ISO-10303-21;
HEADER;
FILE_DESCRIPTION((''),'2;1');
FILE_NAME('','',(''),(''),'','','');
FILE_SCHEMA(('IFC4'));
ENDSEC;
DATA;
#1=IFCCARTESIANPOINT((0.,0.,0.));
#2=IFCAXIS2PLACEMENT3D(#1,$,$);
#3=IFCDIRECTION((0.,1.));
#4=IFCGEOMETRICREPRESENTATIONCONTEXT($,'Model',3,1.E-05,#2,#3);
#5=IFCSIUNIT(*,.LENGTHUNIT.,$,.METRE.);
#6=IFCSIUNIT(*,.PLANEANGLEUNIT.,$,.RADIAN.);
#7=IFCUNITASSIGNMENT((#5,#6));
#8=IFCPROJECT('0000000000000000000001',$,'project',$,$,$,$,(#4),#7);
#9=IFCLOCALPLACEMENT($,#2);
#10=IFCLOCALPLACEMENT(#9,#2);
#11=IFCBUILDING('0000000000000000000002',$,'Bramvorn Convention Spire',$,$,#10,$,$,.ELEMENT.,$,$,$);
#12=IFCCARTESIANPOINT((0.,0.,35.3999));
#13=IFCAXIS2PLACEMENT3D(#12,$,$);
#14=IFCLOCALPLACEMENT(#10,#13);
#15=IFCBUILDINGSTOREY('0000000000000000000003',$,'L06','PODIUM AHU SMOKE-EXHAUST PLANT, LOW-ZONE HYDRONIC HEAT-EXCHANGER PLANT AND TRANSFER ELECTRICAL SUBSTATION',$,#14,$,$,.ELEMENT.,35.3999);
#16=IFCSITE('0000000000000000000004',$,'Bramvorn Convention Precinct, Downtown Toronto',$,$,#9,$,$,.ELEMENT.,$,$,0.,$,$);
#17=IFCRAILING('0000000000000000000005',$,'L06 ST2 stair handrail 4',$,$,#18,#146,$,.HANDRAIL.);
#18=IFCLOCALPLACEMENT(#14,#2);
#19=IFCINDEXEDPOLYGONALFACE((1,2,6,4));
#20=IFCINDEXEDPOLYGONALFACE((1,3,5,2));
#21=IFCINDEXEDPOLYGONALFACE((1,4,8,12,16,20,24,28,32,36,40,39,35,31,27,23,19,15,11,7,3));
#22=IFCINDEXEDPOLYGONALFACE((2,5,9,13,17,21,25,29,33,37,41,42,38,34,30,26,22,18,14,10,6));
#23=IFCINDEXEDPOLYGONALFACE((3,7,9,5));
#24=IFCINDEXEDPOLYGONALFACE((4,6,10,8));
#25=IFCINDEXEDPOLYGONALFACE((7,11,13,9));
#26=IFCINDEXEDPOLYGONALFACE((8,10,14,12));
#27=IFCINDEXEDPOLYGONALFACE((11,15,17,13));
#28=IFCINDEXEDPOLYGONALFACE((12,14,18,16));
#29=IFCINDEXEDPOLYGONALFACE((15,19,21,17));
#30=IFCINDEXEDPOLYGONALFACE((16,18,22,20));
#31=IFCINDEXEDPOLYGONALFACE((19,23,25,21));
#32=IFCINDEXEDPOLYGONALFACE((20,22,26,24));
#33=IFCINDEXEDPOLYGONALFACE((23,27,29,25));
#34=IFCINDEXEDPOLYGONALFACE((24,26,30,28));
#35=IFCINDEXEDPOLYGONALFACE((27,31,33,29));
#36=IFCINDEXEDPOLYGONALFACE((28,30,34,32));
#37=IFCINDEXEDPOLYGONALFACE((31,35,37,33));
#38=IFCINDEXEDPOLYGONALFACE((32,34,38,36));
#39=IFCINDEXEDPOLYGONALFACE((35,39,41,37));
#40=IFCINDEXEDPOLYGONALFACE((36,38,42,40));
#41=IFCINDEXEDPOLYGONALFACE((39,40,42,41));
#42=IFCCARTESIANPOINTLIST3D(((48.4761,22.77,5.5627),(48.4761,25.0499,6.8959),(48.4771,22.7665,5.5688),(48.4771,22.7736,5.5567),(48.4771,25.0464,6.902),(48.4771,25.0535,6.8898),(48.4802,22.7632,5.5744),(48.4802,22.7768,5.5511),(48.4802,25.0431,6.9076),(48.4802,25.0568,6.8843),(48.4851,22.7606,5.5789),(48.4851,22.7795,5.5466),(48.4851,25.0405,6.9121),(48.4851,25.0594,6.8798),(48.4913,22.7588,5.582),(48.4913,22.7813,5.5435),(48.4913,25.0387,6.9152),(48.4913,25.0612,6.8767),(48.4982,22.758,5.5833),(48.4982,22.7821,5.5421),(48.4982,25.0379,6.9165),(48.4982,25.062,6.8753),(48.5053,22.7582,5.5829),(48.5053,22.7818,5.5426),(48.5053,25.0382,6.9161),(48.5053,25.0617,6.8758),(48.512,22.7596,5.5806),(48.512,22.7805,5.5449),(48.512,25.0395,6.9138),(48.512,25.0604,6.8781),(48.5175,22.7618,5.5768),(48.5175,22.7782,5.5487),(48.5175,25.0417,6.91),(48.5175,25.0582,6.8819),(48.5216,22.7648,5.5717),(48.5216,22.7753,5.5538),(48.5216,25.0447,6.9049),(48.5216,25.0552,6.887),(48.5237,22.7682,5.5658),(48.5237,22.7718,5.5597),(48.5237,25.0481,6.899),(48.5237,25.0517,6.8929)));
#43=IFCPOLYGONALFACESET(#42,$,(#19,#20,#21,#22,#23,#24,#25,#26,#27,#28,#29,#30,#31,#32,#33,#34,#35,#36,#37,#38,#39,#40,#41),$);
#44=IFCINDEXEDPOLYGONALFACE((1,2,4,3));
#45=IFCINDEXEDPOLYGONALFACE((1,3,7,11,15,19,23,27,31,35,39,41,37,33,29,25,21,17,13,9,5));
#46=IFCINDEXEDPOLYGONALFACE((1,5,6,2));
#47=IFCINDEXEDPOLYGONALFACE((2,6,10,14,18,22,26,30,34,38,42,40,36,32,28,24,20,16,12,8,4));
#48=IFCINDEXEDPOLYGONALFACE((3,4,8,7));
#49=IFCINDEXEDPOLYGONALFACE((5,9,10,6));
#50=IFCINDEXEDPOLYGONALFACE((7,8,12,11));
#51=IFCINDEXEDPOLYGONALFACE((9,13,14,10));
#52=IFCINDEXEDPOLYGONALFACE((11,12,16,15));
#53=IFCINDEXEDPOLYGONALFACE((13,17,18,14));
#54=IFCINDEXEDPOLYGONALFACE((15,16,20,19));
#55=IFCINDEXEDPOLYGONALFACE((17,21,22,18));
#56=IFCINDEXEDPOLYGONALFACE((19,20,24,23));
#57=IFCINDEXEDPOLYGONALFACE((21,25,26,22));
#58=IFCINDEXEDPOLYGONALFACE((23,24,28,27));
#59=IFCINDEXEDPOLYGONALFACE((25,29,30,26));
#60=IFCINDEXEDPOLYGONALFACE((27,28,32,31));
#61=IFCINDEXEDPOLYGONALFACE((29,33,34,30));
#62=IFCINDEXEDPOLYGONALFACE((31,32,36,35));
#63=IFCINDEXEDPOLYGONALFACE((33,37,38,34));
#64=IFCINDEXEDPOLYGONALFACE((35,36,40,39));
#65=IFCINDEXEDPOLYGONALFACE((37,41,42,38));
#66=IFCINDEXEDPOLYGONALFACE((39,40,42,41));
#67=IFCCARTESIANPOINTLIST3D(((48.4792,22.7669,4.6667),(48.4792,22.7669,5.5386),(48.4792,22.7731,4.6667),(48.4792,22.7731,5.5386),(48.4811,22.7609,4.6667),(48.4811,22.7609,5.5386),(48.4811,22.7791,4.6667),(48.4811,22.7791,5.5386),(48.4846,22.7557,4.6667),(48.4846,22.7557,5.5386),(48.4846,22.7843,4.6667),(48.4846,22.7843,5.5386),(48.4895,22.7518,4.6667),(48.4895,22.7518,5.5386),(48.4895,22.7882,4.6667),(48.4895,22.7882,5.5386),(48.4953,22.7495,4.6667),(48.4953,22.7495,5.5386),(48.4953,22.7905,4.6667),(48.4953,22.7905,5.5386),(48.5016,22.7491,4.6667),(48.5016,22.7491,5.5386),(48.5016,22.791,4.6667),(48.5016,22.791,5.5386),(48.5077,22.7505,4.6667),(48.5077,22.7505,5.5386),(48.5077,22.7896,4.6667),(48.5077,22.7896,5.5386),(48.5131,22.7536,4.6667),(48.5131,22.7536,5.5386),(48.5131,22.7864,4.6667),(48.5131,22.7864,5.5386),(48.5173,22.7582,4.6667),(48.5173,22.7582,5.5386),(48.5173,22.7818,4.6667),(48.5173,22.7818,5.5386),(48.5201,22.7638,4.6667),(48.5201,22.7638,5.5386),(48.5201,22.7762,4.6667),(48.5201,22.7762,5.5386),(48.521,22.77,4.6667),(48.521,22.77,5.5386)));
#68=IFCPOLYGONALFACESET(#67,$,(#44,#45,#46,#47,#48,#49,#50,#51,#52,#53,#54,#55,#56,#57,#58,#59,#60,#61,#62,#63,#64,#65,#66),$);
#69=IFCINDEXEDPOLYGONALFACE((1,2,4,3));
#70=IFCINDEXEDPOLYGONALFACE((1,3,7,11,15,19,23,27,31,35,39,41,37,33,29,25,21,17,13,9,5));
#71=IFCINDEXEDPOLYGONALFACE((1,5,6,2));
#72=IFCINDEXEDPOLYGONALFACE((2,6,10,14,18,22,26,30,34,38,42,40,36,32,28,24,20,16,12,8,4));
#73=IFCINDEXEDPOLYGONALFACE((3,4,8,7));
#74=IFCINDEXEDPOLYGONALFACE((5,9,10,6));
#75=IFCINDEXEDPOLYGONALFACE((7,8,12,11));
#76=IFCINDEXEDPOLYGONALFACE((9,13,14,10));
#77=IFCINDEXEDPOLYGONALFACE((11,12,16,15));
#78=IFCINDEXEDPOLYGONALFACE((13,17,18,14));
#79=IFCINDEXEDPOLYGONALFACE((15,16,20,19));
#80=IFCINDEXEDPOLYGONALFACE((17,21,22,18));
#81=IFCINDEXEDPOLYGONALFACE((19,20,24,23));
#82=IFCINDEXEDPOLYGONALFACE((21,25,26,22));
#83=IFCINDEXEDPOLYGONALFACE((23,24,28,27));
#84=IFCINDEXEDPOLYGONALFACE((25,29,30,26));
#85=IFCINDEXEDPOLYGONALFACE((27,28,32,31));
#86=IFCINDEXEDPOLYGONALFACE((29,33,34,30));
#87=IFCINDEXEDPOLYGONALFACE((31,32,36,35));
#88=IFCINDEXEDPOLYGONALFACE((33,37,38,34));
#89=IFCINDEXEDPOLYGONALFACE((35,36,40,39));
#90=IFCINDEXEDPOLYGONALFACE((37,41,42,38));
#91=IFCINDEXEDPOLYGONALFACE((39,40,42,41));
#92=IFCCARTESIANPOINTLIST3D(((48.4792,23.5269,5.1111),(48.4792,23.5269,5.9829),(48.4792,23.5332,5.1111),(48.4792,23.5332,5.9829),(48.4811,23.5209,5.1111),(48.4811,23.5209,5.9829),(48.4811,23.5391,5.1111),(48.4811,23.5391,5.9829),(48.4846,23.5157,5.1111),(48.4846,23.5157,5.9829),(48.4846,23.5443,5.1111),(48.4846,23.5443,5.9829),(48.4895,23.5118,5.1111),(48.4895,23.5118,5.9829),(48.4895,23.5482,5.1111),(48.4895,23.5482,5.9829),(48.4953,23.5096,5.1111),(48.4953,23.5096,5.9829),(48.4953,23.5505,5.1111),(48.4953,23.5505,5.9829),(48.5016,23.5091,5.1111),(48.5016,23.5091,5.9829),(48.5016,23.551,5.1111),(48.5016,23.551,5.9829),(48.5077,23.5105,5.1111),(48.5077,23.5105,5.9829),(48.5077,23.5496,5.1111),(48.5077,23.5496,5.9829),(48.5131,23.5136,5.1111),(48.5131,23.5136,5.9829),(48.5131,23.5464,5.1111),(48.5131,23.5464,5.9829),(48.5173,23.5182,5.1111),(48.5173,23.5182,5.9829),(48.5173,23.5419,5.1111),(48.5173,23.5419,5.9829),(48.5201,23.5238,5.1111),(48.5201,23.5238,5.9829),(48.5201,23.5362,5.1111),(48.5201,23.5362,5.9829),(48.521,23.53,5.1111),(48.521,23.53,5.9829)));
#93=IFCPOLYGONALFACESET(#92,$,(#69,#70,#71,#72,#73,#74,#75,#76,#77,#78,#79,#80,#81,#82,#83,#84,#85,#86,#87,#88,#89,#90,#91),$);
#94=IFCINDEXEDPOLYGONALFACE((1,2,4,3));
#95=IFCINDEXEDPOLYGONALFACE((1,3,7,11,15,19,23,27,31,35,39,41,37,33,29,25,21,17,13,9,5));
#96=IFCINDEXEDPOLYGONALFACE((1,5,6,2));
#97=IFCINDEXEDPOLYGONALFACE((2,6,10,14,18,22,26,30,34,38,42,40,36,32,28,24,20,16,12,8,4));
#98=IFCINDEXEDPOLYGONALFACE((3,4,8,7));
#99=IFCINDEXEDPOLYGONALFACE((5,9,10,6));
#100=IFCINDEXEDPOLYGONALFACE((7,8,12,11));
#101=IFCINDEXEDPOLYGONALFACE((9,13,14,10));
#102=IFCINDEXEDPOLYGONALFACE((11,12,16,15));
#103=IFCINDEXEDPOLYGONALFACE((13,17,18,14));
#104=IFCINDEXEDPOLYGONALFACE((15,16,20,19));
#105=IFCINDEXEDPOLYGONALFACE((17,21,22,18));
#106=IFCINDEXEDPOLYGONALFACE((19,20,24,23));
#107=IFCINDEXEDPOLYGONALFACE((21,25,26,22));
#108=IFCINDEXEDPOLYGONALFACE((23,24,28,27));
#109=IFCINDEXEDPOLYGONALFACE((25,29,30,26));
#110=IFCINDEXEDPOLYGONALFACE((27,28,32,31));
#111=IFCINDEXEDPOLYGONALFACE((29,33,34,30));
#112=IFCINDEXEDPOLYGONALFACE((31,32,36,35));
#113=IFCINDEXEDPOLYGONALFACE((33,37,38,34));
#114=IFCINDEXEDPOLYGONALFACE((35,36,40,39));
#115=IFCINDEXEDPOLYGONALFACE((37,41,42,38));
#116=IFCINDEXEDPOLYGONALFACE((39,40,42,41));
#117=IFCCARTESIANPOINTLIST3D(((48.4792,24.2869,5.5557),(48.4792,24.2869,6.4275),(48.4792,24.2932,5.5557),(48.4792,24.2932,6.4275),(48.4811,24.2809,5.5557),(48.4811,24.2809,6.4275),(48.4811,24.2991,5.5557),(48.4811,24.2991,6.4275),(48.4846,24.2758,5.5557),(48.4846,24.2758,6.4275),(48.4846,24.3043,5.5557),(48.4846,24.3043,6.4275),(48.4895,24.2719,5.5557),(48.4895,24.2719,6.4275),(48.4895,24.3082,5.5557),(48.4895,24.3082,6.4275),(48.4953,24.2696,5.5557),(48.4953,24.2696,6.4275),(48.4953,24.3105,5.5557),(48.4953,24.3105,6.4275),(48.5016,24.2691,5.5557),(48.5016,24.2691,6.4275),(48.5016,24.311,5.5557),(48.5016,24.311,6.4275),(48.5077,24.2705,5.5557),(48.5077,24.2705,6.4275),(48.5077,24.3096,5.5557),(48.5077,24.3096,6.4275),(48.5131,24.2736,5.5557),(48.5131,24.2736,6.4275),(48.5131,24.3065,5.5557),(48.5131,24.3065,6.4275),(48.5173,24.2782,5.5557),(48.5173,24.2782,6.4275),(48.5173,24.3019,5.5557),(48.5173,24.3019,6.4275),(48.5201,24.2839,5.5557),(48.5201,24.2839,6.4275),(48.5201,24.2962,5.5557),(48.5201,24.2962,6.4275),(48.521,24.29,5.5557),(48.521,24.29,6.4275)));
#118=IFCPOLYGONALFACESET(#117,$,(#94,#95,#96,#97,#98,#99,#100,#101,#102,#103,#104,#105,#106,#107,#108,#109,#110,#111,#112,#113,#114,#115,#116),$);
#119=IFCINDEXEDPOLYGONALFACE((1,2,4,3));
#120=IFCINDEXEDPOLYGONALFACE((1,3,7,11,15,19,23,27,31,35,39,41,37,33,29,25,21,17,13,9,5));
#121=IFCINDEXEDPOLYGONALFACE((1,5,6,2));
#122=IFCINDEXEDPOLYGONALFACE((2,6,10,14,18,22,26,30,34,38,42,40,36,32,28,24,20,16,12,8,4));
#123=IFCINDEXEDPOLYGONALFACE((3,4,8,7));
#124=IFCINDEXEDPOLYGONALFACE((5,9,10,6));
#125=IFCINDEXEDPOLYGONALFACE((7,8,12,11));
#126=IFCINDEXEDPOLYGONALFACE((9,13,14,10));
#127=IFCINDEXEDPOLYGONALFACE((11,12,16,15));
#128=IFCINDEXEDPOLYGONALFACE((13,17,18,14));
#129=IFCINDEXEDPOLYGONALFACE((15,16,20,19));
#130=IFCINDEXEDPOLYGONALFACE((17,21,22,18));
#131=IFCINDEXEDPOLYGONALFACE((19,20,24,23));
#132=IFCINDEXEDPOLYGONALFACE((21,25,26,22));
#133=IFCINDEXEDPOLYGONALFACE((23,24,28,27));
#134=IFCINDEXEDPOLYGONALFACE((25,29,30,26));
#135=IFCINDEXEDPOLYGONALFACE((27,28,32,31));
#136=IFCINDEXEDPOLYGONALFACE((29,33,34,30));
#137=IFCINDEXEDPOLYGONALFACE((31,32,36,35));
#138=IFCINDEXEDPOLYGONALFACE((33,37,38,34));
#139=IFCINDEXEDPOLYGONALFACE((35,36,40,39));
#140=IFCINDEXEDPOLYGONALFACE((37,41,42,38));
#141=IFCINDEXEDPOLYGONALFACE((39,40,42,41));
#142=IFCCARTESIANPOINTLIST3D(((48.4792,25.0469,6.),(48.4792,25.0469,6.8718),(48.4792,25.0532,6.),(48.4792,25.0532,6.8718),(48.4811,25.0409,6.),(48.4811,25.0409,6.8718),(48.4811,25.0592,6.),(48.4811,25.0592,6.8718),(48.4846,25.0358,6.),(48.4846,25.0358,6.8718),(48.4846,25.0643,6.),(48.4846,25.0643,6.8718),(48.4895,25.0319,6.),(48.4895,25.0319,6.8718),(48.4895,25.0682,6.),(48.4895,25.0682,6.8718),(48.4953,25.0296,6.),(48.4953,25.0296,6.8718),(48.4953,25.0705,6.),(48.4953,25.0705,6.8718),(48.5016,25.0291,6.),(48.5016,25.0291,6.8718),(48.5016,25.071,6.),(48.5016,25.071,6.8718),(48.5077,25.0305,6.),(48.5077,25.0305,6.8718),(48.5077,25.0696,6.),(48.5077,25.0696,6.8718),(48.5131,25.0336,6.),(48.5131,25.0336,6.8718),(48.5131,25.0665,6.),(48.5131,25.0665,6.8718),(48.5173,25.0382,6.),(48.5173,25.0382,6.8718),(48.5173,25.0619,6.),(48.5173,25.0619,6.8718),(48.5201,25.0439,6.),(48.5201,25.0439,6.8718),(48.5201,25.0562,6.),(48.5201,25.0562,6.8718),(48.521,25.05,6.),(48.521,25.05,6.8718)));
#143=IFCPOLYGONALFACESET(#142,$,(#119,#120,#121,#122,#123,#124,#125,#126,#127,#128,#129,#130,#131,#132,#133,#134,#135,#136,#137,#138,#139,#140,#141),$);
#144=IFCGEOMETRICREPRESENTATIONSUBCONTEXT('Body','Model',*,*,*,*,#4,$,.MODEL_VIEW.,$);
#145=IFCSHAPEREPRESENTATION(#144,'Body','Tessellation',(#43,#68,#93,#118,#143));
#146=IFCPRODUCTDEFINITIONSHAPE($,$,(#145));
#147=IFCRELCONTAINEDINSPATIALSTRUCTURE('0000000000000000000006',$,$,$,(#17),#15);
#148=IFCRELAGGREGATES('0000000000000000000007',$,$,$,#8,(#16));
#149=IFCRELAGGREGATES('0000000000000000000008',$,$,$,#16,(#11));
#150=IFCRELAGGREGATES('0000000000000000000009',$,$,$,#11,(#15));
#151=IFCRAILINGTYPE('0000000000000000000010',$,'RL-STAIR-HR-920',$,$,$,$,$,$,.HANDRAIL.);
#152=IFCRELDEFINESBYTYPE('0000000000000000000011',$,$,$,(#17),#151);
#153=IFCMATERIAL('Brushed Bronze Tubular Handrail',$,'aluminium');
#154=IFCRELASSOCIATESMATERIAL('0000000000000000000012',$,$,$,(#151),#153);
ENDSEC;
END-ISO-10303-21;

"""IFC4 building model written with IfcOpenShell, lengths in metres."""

from ifc_helpers import new_model, si_unit, direction, frame, origin, origin_2d, place, context, subcontext, project, spatial, circle, extrude, material, type_object, element, save


model = new_model("IFC4")

# Units and contexts
model_context = context("Model", 3, precision=1e-05, world=origin(), true_north=direction((0.0, 1.0)))
body_context = subcontext(model_context, "Body", "Model", "MODEL_VIEW")
ifc_project = project(units=[si_unit("LENGTHUNIT", "METRE"), si_unit("PLANEANGLEUNIT", "RADIAN")], contexts=[model_context])

# Site, building, storey
site_placement = place(None, origin())
site = spatial("IfcSite", under=ifc_project, at=site_placement, Name="Bramvorn Convention Precinct, Downtown Toronto", CompositionType="ELEMENT", RefElevation=0.0)
building_placement = place(site_placement, origin())
building = spatial("IfcBuilding", under=site, at=building_placement, Name="Bramvorn Convention Spire", CompositionType="ELEMENT")
storey_placement = place(building_placement, frame((0.0, 0.0, 35.3999)))
storey = spatial("IfcBuildingStorey", under=building, at=storey_placement, Name="L06", Description="PODIUM AHU SMOKE-EXHAUST PLANT, LOW-ZONE HYDRONIC HEAT-EXCHANGER PLANT AND TRANSFER ELECTRICAL SUBSTATION", CompositionType="ELEMENT", Elevation=35.3999)

# Railing
ifc_material_1 = material(Name="Brushed Bronze Tubular Handrail", Category="aluminium")
railing_type_1 = type_object("IfcRailingType", Name="RL-STAIR-HR-920", PredefinedType="HANDRAIL", material=ifc_material_1)
for number, where, name in (
    (1, (48.5, 22.77, 4.6667), "L06 ST2 stair handrail 4"),
):
    element("IfcRailing", number, at=place(storey_placement, frame(where)), inside=storey, type_object=railing_type_1, Name=name, PredefinedType="HANDRAIL", context=body_context, shape_type="SweptSolid", body=[
        extrude(circle(Radius=0.0239, at=origin_2d()), frame((0.0, 0.0, 0.896), z_axis=(0.0, 0.863245, 0.504785), x_axis=(-1.0, 0.0, 0.0)), (0.0, 0.0, 1.0), 2.6411),
        extrude(circle(Radius=0.021, at=origin_2d()), origin(), (0.0, 0.0, 1.0), 0.8718),
        extrude(circle(Radius=0.021, at=origin_2d()), frame((0.0, 0.76, 0.4443)), (0.0, 0.0, 1.0), 0.8718),
        extrude(circle(Radius=0.021, at=origin_2d()), frame((0.0, 1.52, 0.8889)), (0.0, 0.0, 1.0), 0.8718),
        extrude(circle(Radius=0.021, at=origin_2d()), frame((0.0, 2.28, 1.3333)), (0.0, 0.0, 1.0), 0.8718),
    ])

save(model, "model.ifc")
